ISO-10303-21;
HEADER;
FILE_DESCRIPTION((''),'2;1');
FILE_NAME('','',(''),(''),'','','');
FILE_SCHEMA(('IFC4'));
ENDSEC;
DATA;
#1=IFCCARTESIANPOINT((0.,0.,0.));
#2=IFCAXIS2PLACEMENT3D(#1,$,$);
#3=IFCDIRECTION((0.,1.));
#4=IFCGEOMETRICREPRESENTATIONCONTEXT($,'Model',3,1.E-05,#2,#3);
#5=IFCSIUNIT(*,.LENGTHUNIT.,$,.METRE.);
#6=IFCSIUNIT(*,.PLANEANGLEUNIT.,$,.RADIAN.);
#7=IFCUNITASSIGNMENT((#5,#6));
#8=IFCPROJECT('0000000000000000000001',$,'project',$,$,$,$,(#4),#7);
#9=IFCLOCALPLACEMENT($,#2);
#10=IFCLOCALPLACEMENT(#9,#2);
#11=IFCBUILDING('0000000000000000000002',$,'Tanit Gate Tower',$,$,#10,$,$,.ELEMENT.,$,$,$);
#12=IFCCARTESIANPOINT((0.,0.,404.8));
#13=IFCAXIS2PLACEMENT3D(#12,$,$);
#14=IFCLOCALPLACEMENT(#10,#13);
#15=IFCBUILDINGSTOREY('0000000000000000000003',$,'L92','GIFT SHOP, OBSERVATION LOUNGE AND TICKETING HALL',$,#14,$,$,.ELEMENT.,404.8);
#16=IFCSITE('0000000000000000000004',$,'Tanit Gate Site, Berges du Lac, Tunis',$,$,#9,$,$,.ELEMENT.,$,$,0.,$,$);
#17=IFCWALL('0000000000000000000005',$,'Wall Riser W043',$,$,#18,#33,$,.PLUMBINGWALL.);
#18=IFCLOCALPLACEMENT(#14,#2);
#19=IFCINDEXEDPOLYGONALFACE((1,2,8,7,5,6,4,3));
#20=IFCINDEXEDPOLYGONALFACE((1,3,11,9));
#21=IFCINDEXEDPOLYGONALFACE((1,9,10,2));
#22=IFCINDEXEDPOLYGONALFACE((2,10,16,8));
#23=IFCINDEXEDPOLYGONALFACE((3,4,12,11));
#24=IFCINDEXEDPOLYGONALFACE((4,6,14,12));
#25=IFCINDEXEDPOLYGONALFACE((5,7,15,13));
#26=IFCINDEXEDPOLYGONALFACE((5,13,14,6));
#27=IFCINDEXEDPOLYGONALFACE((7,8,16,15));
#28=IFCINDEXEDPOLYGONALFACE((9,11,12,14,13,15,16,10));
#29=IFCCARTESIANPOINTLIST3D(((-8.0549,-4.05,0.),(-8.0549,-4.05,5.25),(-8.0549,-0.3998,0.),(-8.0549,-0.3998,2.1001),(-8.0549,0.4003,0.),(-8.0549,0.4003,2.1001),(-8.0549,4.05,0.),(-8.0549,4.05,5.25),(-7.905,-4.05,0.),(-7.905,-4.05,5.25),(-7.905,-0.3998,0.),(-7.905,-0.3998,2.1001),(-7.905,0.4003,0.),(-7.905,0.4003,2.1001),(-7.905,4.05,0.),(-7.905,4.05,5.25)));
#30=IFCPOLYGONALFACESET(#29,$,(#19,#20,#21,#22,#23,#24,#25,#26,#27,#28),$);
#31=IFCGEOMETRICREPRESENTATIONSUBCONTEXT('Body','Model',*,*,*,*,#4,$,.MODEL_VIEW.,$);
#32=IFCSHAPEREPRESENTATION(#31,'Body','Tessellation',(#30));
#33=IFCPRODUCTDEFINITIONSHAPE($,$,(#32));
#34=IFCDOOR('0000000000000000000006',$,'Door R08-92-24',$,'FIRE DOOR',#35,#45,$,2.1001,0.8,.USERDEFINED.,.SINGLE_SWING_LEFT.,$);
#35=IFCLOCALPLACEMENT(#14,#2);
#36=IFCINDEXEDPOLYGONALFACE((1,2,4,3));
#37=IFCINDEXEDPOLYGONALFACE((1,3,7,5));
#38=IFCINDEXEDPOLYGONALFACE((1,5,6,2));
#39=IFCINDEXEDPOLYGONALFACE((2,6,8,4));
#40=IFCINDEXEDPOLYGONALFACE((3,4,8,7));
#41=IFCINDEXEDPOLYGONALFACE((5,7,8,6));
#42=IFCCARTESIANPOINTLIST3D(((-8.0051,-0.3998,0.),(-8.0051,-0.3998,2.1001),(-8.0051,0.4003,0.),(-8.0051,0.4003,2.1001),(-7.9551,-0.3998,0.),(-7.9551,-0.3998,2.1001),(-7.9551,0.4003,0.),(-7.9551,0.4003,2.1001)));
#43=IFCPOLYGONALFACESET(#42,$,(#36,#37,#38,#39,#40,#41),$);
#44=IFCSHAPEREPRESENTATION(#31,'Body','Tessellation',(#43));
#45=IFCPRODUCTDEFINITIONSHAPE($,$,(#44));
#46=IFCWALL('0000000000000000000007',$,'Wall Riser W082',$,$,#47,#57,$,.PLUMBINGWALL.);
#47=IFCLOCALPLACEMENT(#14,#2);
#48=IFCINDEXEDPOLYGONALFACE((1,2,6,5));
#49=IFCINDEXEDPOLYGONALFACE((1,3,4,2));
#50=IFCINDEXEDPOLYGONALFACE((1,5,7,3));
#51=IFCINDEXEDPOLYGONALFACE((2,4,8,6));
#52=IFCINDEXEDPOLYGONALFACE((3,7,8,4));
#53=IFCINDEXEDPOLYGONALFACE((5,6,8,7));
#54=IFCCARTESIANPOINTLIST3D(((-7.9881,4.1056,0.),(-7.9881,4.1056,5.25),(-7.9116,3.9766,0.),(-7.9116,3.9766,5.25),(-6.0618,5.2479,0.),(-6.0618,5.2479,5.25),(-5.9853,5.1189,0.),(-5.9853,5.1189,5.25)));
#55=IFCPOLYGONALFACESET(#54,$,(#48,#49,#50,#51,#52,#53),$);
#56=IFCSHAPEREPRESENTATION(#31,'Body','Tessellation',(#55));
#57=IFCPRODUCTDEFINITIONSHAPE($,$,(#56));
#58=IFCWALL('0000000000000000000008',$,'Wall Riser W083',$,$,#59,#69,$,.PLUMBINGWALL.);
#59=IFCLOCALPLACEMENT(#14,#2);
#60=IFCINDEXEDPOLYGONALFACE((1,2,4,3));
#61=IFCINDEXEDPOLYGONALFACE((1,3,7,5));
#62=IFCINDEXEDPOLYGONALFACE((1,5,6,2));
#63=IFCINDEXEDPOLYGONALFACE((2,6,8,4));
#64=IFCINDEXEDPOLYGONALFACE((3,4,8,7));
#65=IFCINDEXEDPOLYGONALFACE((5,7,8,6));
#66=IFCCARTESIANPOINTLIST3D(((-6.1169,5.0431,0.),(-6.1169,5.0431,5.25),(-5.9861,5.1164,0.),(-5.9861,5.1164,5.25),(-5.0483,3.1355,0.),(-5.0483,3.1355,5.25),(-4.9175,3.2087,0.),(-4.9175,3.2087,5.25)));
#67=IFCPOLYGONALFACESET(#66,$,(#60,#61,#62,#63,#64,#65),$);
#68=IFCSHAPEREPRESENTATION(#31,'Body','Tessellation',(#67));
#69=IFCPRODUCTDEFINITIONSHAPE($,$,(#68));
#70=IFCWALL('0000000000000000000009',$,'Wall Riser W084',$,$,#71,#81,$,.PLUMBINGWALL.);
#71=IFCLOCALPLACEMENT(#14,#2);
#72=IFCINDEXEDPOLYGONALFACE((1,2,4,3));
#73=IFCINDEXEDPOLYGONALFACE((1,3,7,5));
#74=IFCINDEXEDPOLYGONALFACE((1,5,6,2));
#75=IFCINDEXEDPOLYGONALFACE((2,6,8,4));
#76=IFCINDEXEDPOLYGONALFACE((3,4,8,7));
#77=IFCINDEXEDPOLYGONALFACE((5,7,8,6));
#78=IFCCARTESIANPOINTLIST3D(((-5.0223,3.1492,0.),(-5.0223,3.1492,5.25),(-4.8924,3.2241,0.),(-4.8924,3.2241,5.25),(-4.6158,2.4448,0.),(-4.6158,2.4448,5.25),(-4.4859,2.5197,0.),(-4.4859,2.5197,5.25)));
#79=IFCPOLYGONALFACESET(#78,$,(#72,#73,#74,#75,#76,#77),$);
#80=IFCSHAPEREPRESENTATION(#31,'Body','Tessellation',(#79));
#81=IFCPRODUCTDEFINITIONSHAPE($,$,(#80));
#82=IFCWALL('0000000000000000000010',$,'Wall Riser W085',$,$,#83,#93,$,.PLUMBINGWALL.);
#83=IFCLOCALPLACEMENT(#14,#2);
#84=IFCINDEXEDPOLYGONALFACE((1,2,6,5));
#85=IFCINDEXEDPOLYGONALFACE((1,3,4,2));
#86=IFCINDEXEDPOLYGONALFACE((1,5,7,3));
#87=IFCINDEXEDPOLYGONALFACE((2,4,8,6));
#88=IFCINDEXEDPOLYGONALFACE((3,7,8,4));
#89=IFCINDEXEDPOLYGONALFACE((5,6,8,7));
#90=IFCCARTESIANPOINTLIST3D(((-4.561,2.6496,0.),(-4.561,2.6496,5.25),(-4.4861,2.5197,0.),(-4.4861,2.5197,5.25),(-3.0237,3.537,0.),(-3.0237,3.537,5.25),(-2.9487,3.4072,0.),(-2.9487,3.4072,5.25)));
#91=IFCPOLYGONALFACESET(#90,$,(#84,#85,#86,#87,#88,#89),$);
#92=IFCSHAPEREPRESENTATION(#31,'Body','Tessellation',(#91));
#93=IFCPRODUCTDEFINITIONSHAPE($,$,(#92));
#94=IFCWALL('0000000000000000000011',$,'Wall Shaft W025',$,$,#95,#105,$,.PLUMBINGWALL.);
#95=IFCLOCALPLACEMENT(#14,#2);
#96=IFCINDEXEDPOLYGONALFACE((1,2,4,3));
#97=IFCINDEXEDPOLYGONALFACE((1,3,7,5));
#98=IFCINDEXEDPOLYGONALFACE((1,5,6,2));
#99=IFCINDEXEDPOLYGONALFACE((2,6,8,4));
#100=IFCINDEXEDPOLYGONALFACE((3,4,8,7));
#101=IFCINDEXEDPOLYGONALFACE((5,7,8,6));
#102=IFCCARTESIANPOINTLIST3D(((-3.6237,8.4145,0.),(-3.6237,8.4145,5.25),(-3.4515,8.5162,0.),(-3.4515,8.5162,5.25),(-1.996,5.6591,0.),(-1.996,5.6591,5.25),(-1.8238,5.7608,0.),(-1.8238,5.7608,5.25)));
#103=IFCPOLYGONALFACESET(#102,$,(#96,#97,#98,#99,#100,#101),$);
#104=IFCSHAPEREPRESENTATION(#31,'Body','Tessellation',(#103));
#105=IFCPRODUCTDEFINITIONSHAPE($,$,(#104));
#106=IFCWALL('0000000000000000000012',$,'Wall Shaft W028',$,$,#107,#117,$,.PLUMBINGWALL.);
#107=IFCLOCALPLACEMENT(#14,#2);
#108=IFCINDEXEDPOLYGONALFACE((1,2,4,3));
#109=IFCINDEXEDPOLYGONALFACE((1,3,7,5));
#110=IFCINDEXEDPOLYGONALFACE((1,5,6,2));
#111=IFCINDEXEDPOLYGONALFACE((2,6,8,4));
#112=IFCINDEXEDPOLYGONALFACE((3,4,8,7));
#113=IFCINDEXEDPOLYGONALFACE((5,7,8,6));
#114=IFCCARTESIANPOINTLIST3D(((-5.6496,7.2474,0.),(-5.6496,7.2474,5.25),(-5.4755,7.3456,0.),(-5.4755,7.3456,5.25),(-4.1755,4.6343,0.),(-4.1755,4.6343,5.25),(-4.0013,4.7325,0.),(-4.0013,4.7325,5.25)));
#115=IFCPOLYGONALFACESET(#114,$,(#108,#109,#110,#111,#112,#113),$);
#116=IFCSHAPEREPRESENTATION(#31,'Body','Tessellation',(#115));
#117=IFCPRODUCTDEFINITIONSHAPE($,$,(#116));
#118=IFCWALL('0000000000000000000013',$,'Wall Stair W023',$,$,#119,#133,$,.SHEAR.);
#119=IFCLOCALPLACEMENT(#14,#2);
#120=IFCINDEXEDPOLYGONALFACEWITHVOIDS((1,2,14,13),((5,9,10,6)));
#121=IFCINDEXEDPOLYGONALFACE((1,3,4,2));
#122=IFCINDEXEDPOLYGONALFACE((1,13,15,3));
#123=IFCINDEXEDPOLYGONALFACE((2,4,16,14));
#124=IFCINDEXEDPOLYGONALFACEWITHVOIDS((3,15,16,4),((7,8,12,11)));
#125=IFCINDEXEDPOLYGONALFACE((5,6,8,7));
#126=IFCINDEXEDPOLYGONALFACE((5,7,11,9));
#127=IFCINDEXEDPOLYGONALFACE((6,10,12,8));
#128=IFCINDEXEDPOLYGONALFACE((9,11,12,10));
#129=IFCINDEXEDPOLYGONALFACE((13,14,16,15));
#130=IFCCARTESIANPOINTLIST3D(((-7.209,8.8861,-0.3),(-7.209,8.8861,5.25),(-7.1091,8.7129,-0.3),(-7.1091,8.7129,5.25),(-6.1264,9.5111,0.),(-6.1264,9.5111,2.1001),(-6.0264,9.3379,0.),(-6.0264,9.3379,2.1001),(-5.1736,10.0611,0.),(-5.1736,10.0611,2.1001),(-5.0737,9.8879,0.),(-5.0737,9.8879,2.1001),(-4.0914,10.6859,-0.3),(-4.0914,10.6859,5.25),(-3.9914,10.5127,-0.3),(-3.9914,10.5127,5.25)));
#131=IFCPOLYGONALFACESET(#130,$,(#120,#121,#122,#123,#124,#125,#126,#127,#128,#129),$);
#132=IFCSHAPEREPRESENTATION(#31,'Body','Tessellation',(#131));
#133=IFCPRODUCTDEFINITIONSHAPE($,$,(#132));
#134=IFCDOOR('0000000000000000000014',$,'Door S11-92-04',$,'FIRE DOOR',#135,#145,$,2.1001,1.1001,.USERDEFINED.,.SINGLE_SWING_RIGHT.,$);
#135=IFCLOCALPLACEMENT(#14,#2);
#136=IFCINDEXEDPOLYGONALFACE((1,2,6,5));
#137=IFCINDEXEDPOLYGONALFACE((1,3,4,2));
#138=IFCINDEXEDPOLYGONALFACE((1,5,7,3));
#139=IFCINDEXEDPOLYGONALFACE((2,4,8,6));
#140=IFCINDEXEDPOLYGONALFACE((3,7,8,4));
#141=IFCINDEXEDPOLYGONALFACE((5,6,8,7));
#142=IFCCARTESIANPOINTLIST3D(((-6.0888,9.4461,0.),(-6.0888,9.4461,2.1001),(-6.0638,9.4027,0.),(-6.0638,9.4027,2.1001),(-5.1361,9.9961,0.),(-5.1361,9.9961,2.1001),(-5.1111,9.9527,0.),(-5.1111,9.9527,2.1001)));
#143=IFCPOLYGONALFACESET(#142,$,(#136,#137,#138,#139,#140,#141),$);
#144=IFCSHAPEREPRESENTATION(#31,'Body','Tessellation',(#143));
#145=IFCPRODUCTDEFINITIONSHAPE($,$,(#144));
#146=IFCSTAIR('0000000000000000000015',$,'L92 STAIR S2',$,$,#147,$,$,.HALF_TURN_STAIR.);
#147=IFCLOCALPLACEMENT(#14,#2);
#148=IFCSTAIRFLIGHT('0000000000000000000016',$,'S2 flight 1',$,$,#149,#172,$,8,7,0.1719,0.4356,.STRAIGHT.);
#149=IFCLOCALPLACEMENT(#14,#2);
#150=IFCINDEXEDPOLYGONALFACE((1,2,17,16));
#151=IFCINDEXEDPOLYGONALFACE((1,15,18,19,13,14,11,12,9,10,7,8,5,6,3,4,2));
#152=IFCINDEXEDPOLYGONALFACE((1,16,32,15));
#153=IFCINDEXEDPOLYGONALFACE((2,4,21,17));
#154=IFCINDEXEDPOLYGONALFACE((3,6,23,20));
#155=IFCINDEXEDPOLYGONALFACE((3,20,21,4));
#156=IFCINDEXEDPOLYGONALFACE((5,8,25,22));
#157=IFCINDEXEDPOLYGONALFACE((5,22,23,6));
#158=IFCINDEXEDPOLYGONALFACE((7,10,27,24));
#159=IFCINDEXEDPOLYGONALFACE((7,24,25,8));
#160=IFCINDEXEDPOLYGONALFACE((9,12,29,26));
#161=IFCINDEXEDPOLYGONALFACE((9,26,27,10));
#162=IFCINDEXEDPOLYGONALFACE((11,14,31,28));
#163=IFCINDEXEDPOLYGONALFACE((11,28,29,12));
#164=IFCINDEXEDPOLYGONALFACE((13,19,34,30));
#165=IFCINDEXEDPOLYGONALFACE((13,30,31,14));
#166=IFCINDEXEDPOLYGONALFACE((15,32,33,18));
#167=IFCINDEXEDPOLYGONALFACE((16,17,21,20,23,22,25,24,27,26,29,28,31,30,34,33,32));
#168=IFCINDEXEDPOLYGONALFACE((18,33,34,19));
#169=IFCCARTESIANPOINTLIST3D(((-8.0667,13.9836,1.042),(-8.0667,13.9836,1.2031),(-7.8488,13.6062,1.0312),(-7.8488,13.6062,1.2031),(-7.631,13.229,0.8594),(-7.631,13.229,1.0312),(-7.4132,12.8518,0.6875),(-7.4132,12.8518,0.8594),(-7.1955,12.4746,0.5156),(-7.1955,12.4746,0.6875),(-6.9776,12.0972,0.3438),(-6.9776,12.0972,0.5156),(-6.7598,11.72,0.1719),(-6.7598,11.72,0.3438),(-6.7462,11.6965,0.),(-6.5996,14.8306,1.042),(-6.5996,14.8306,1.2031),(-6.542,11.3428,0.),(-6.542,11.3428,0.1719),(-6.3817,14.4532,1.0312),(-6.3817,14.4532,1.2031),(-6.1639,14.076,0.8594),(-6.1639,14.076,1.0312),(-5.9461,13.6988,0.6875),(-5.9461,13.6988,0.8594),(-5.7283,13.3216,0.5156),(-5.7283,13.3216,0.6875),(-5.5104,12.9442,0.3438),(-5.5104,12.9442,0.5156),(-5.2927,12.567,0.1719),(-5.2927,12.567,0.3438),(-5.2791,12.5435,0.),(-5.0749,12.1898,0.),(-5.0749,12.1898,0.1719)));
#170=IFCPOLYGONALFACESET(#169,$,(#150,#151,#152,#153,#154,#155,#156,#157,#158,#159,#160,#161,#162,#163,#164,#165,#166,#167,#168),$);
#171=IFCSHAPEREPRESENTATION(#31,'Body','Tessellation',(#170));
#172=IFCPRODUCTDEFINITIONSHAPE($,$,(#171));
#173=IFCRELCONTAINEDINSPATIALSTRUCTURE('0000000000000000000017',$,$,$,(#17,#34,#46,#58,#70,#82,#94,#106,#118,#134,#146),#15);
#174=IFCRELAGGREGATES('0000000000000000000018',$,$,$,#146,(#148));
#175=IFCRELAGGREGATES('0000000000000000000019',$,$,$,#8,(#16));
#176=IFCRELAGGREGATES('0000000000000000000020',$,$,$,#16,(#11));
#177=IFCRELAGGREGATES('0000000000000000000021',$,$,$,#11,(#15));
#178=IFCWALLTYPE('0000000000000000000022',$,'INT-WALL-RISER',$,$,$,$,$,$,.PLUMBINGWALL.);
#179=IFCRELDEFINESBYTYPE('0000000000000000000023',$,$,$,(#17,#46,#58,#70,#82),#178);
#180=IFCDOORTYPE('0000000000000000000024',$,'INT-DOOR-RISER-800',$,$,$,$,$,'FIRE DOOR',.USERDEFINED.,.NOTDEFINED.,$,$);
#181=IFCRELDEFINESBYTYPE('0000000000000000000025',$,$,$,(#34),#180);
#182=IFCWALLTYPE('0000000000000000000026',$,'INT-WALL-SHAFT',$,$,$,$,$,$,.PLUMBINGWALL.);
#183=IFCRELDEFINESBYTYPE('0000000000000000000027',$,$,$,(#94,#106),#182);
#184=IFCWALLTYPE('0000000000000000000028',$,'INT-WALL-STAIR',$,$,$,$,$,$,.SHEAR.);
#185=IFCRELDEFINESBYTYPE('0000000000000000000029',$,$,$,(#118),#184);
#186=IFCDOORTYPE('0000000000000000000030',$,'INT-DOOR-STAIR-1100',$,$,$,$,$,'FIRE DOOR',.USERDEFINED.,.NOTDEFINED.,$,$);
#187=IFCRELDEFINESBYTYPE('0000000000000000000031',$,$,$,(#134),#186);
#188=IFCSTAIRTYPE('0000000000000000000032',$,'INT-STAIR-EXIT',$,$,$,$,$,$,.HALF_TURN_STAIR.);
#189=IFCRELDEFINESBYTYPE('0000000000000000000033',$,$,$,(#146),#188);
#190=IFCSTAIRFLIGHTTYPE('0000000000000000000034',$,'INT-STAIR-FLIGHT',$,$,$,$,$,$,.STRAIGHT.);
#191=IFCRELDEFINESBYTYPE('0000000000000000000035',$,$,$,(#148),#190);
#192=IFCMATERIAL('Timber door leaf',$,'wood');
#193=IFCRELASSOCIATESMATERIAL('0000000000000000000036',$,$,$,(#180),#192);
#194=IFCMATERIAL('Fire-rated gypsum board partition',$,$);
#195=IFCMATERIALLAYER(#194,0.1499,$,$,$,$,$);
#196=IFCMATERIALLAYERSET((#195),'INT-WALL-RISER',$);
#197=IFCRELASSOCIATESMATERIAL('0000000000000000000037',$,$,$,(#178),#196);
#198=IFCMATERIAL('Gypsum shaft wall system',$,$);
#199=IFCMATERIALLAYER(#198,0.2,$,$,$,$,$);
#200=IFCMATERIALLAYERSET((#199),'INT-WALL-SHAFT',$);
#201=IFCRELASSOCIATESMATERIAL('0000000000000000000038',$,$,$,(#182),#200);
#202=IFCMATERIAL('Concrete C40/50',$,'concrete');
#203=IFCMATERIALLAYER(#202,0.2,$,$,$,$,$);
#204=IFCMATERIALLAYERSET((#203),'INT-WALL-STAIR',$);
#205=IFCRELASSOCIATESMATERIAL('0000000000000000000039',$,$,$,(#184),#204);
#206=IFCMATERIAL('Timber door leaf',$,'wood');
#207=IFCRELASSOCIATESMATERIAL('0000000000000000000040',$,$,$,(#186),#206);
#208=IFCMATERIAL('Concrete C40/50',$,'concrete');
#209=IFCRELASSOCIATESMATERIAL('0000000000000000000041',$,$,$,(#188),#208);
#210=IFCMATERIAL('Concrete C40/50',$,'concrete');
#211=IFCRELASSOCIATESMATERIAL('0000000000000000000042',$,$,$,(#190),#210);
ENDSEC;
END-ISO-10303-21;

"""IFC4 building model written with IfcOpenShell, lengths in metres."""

from ifc_helpers import new_model, si_unit, direction, frame, frame_2d, origin, place, context, subcontext, project, spatial, polyline, rectangle, outline, extrude, material, layer, layer_set, type_object, element, fill, aggregate, save


model = new_model("IFC4")

# Units and contexts
model_context = context("Model", 3, precision=1e-05, world=origin(), true_north=direction((0.0, 1.0)))
body_context = subcontext(model_context, "Body", "Model", "MODEL_VIEW")
ifc_project = project(units=[si_unit("LENGTHUNIT", "METRE"), si_unit("PLANEANGLEUNIT", "RADIAN")], contexts=[model_context])

# Site, building, storey
site_placement = place(None, origin())
site = spatial("IfcSite", under=ifc_project, at=site_placement, Name="Tanit Gate Site, Berges du Lac, Tunis", CompositionType="ELEMENT", RefElevation=0.0)
building_placement = place(site_placement, origin())
building = spatial("IfcBuilding", under=site, at=building_placement, Name="Tanit Gate Tower", CompositionType="ELEMENT")
storey_placement = place(building_placement, frame((0.0, 0.0, 404.8)))
storey = spatial("IfcBuildingStorey", under=building, at=storey_placement, Name="L92", Description="GIFT SHOP, OBSERVATION LOUNGE AND TICKETING HALL", CompositionType="ELEMENT", Elevation=404.8)

# Shared definitions
ifc_material_1 = material(Name="Timber door leaf", Category="wood")
door_type_1 = type_object("IfcDoorType", Name="INT-DOOR-RISER-800", ElementType="FIRE DOOR", OperationType="NOTDEFINED", PredefinedType="USERDEFINED", material=ifc_material_1)

# Wall, opening, door
ifc_material_2 = material(Name="Fire-rated gypsum board partition")
ifc_layer_1 = layer(ifc_material_2, 0.1499)
ifc_layer_set_1 = layer_set([ifc_layer_1], Name="INT-WALL-RISER")
wall_type_1 = type_object("IfcWallType", Name="INT-WALL-RISER", PredefinedType="PLUMBINGWALL", material=ifc_layer_set_1)
wall_1_placement = place(storey_placement, frame((-7.98, 4.05, 0.0), z_axis=(0.0, 0.0, 1.0), x_axis=(0.0, -1.0, 0.0)))
wall_1 = element("IfcWall", 1, at=wall_1_placement, inside=storey, type_object=wall_type_1, Name="Wall Riser W043", PredefinedType="PLUMBINGWALL", context=body_context, shape_type="SweptSolid", body=[
    extrude(rectangle(XDim=8.1001, YDim=0.1499, at=frame_2d((4.05, 0.0))), origin(), (0.0, 0.0, 1.0), 5.25),
])
opening_1_placement = place(wall_1_placement, frame((3.6499, 0.0, 0.0)))
opening_1 = element("IfcOpeningElement", 2, at=opening_1_placement, cuts=wall_1, PredefinedType="OPENING", context=body_context, shape_type="SweptSolid", body=[
    extrude(rectangle(XDim=0.8, YDim=2.1001, at=frame_2d((0.3999, 1.05))), frame((0.0, 0.085, 0.0), z_axis=(0.0, -1.0, 0.0), x_axis=(1.0, 0.0, 0.0)), (0.0, 0.0, 1.0), 0.1699),
])
door_1_placement = place(opening_1_placement, origin())
door_1 = element("IfcDoor", 3, at=door_1_placement, inside=storey, type_object=door_type_1, Name="Door R08-92-24", ObjectType="FIRE DOOR", OperationType="SINGLE_SWING_LEFT", OverallHeight=2.1001, OverallWidth=0.8, PredefinedType="USERDEFINED", context=body_context, shape_type="SweptSolid", body=[
    extrude(rectangle(XDim=0.8, YDim=2.1001, at=frame_2d((0.3999, 1.05))), frame((0.0, 0.0249, 0.0), z_axis=(0.0, -1.0, 0.0), x_axis=(1.0, 0.0, 0.0)), (0.0, 0.0, 1.0), 0.05),
])
fill(opening_1, door_1)

# Walls
wall_2_placement = place(storey_placement, frame((-6.0237, 5.1833, 0.0), z_axis=(0.0, 0.0, 1.0), x_axis=(-0.860127, -0.51008, 0.0)))
element("IfcWall", 4, at=wall_2_placement, inside=storey, type_object=wall_type_1, Name="Wall Riser W082", PredefinedType="PLUMBINGWALL", context=body_context, shape_type="SweptSolid", body=[
    extrude(rectangle(XDim=2.2395, YDim=0.1499, at=frame_2d((1.1196, 0.0))), origin(), (0.0, 0.0, 1.0), 5.25),
])
wall_3_placement = place(storey_placement, frame((-4.9829, 3.1721, 0.0), z_axis=(0.0, 0.0, 1.0), x_axis=(-0.488702, 0.872451, 0.0)))
element("IfcWall", 5, at=wall_3_placement, inside=storey, type_object=wall_type_1, Name="Wall Riser W083", PredefinedType="PLUMBINGWALL", context=body_context, shape_type="SweptSolid", body=[
    extrude(rectangle(XDim=2.1865, YDim=0.1499, at=frame_2d((1.0933, 0.0))), origin(), (0.0, 0.0, 1.0), 5.25),
])
wall_4_placement = place(storey_placement, frame((-4.5508, 2.4822, 0.0), z_axis=(0.0, 0.0, 1.0), x_axis=(-0.499852, 0.866111, 0.0)))
element("IfcWall", 6, at=wall_4_placement, inside=storey, type_object=wall_type_1, Name="Wall Riser W084", PredefinedType="PLUMBINGWALL", context=body_context, shape_type="SweptSolid", body=[
    extrude(rectangle(XDim=0.8132, YDim=0.1499, at=frame_2d((0.4067, 0.0))), origin(), (0.0, 0.0, 1.0), 5.25),
])
wall_5_placement = place(storey_placement, frame((-2.9861, 3.4722, 0.0), z_axis=(0.0, 0.0, 1.0), x_axis=(-0.86606, -0.499941, 0.0)))
element("IfcWall", 7, at=wall_5_placement, inside=storey, type_object=wall_type_1, Name="Wall Riser W085", PredefinedType="PLUMBINGWALL", context=body_context, shape_type="SweptSolid", body=[
    extrude(rectangle(XDim=1.7751, YDim=0.1499, at=frame_2d((0.8877, 0.0))), origin(), (0.0, 0.0, 1.0), 5.25),
])

# Shared definitions
ifc_material_3 = material(Name="Gypsum shaft wall system")
ifc_layer_2 = layer(ifc_material_3, 0.2)
ifc_layer_set_2 = layer_set([ifc_layer_2], Name="INT-WALL-SHAFT")
wall_type_2 = type_object("IfcWallType", Name="INT-WALL-SHAFT", PredefinedType="PLUMBINGWALL", material=ifc_layer_set_2)

# Walls
wall_6_placement = place(storey_placement, frame((-3.5376, 8.4653, 0.0), z_axis=(0.0, 0.0, 1.0), x_axis=(0.508616, -0.860993, 0.0)))
element("IfcWall", 8, at=wall_6_placement, inside=storey, type_object=wall_type_2, Name="Wall Shaft W025", PredefinedType="PLUMBINGWALL", context=body_context, shape_type="SweptSolid", body=[
    extrude(rectangle(XDim=3.2002, YDim=0.2, at=frame_2d((1.6001, 0.0))), origin(), (0.0, 0.0, 1.0), 5.25),
])
wall_7_placement = place(storey_placement, frame((-5.5625, 7.2964, 0.0), z_axis=(0.0, 0.0, 1.0), x_axis=(0.491347, -0.870964, 0.0)))
element("IfcWall", 9, at=wall_7_placement, inside=storey, type_object=wall_type_2, Name="Wall Shaft W028", PredefinedType="PLUMBINGWALL", context=body_context, shape_type="SweptSolid", body=[
    extrude(rectangle(XDim=3.0002, YDim=0.2, at=frame_2d((1.5, 0.0))), origin(), (0.0, 0.0, 1.0), 5.25),
])

# Wall, opening, door
ifc_material_4 = material(Name="Concrete C40/50", Category="concrete")
ifc_layer_3 = layer(ifc_material_4, 0.2)
ifc_layer_set_3 = layer_set([ifc_layer_3], Name="INT-WALL-STAIR")
wall_type_3 = type_object("IfcWallType", Name="INT-WALL-STAIR", PredefinedType="SHEAR", material=ifc_layer_set_3)
wall_8_placement = place(storey_placement, frame((-7.1589, 8.7996, -0.3), z_axis=(0.0, 0.0, 1.0), x_axis=(0.866048, 0.499961, 0.0)))
wall_8 = element("IfcWall", 10, at=wall_8_placement, inside=storey, type_object=wall_type_3, Name="Wall Stair W023", PredefinedType="SHEAR", context=body_context, shape_type="SweptSolid", body=[
    extrude(rectangle(XDim=3.5999, YDim=0.2, at=frame_2d((1.7998, 0.0))), origin(), (0.0, 0.0, 1.0), 5.55),
])
opening_2_placement = place(wall_8_placement, frame((1.25, 0.0, 0.3)))
opening_2 = element("IfcOpeningElement", 11, at=opening_2_placement, cuts=wall_8, PredefinedType="OPENING", context=body_context, shape_type="SweptSolid", body=[
    extrude(rectangle(XDim=1.1001, YDim=2.1001, at=frame_2d((0.55, 1.05))), frame((0.0, 0.1099, 0.0), z_axis=(0.0, -1.0, 0.0), x_axis=(1.0, 0.0, 0.0)), (0.0, 0.0, 1.0), 0.22),
])
ifc_material_5 = material(Name="Timber door leaf", Category="wood")
door_type_2 = type_object("IfcDoorType", Name="INT-DOOR-STAIR-1100", ElementType="FIRE DOOR", OperationType="NOTDEFINED", PredefinedType="USERDEFINED", material=ifc_material_5)
door_2_placement = place(opening_2_placement, origin())
door_2 = element("IfcDoor", 12, at=door_2_placement, inside=storey, type_object=door_type_2, Name="Door S11-92-04", ObjectType="FIRE DOOR", OperationType="SINGLE_SWING_RIGHT", OverallHeight=2.1001, OverallWidth=1.1001, PredefinedType="USERDEFINED", context=body_context, shape_type="SweptSolid", body=[
    extrude(rectangle(XDim=1.1001, YDim=2.1001, at=frame_2d((0.55, 1.05))), frame((0.0, 0.0249, 0.0), z_axis=(0.0, -1.0, 0.0), x_axis=(1.0, 0.0, 0.0)), (0.0, 0.0, 1.0), 0.05),
])
fill(opening_2, door_2)

# Stair, stair flight
ifc_material_6 = material(Name="Concrete C40/50", Category="concrete")
stair_type = type_object("IfcStairType", Name="INT-STAIR-EXIT", PredefinedType="HALF_TURN_STAIR", material=ifc_material_6)
stair_placement = place(storey_placement, origin())
stair = element("IfcStair", 13, at=stair_placement, inside=storey, type_object=stair_type, Name="L92 STAIR S2", PredefinedType="HALF_TURN_STAIR")
ifc_material_7 = material(Name="Concrete C40/50", Category="concrete")
stair_flight_type = type_object("IfcStairFlightType", Name="INT-STAIR-FLIGHT", PredefinedType="STRAIGHT", material=ifc_material_7)
stair_flight_1_placement = place(storey_placement, frame((-5.8083, 11.7664, 0.0), z_axis=(0.0, 0.0, 1.0), x_axis=(-0.5, 0.866025, 0.0)))
stair_flight_1 = element("IfcStairFlight", 14, at=stair_flight_1_placement, type_object=stair_flight_type, Name="S2 flight 1", NumberOfRisers=8, NumberOfTreads=7, PredefinedType="STRAIGHT", RiserHeight=0.1719, TreadLength=0.4356, context=body_context, shape_type="SweptSolid", body=[
    extrude(outline(polyline([(0.0, 0.0), (0.0, 0.1719), (0.4355, 0.1719), (0.4355, 0.3438), (0.8711, 0.3438), (0.8711, 0.5156), (1.3069, 0.5156), (1.3069, 0.6875), (1.7424, 0.6875), (1.7424, 0.8594), (2.178, 0.8594), (2.178, 1.0312), (2.6135, 1.0312), (2.6135, 1.2031), (3.0493, 1.2031), (3.0493, 1.375), (3.0493, 1.042), (0.4084, 0.0), (0.0, 0.0)])), frame((0.0, 0.8472, 0.0), z_axis=(0.0, -1.0, 0.0), x_axis=(1.0, 0.0, 0.0)), (0.0, 0.0, 1.0), 1.6941),
])
aggregate(stair, [stair_flight_1])

save(model, "model.ifc")
